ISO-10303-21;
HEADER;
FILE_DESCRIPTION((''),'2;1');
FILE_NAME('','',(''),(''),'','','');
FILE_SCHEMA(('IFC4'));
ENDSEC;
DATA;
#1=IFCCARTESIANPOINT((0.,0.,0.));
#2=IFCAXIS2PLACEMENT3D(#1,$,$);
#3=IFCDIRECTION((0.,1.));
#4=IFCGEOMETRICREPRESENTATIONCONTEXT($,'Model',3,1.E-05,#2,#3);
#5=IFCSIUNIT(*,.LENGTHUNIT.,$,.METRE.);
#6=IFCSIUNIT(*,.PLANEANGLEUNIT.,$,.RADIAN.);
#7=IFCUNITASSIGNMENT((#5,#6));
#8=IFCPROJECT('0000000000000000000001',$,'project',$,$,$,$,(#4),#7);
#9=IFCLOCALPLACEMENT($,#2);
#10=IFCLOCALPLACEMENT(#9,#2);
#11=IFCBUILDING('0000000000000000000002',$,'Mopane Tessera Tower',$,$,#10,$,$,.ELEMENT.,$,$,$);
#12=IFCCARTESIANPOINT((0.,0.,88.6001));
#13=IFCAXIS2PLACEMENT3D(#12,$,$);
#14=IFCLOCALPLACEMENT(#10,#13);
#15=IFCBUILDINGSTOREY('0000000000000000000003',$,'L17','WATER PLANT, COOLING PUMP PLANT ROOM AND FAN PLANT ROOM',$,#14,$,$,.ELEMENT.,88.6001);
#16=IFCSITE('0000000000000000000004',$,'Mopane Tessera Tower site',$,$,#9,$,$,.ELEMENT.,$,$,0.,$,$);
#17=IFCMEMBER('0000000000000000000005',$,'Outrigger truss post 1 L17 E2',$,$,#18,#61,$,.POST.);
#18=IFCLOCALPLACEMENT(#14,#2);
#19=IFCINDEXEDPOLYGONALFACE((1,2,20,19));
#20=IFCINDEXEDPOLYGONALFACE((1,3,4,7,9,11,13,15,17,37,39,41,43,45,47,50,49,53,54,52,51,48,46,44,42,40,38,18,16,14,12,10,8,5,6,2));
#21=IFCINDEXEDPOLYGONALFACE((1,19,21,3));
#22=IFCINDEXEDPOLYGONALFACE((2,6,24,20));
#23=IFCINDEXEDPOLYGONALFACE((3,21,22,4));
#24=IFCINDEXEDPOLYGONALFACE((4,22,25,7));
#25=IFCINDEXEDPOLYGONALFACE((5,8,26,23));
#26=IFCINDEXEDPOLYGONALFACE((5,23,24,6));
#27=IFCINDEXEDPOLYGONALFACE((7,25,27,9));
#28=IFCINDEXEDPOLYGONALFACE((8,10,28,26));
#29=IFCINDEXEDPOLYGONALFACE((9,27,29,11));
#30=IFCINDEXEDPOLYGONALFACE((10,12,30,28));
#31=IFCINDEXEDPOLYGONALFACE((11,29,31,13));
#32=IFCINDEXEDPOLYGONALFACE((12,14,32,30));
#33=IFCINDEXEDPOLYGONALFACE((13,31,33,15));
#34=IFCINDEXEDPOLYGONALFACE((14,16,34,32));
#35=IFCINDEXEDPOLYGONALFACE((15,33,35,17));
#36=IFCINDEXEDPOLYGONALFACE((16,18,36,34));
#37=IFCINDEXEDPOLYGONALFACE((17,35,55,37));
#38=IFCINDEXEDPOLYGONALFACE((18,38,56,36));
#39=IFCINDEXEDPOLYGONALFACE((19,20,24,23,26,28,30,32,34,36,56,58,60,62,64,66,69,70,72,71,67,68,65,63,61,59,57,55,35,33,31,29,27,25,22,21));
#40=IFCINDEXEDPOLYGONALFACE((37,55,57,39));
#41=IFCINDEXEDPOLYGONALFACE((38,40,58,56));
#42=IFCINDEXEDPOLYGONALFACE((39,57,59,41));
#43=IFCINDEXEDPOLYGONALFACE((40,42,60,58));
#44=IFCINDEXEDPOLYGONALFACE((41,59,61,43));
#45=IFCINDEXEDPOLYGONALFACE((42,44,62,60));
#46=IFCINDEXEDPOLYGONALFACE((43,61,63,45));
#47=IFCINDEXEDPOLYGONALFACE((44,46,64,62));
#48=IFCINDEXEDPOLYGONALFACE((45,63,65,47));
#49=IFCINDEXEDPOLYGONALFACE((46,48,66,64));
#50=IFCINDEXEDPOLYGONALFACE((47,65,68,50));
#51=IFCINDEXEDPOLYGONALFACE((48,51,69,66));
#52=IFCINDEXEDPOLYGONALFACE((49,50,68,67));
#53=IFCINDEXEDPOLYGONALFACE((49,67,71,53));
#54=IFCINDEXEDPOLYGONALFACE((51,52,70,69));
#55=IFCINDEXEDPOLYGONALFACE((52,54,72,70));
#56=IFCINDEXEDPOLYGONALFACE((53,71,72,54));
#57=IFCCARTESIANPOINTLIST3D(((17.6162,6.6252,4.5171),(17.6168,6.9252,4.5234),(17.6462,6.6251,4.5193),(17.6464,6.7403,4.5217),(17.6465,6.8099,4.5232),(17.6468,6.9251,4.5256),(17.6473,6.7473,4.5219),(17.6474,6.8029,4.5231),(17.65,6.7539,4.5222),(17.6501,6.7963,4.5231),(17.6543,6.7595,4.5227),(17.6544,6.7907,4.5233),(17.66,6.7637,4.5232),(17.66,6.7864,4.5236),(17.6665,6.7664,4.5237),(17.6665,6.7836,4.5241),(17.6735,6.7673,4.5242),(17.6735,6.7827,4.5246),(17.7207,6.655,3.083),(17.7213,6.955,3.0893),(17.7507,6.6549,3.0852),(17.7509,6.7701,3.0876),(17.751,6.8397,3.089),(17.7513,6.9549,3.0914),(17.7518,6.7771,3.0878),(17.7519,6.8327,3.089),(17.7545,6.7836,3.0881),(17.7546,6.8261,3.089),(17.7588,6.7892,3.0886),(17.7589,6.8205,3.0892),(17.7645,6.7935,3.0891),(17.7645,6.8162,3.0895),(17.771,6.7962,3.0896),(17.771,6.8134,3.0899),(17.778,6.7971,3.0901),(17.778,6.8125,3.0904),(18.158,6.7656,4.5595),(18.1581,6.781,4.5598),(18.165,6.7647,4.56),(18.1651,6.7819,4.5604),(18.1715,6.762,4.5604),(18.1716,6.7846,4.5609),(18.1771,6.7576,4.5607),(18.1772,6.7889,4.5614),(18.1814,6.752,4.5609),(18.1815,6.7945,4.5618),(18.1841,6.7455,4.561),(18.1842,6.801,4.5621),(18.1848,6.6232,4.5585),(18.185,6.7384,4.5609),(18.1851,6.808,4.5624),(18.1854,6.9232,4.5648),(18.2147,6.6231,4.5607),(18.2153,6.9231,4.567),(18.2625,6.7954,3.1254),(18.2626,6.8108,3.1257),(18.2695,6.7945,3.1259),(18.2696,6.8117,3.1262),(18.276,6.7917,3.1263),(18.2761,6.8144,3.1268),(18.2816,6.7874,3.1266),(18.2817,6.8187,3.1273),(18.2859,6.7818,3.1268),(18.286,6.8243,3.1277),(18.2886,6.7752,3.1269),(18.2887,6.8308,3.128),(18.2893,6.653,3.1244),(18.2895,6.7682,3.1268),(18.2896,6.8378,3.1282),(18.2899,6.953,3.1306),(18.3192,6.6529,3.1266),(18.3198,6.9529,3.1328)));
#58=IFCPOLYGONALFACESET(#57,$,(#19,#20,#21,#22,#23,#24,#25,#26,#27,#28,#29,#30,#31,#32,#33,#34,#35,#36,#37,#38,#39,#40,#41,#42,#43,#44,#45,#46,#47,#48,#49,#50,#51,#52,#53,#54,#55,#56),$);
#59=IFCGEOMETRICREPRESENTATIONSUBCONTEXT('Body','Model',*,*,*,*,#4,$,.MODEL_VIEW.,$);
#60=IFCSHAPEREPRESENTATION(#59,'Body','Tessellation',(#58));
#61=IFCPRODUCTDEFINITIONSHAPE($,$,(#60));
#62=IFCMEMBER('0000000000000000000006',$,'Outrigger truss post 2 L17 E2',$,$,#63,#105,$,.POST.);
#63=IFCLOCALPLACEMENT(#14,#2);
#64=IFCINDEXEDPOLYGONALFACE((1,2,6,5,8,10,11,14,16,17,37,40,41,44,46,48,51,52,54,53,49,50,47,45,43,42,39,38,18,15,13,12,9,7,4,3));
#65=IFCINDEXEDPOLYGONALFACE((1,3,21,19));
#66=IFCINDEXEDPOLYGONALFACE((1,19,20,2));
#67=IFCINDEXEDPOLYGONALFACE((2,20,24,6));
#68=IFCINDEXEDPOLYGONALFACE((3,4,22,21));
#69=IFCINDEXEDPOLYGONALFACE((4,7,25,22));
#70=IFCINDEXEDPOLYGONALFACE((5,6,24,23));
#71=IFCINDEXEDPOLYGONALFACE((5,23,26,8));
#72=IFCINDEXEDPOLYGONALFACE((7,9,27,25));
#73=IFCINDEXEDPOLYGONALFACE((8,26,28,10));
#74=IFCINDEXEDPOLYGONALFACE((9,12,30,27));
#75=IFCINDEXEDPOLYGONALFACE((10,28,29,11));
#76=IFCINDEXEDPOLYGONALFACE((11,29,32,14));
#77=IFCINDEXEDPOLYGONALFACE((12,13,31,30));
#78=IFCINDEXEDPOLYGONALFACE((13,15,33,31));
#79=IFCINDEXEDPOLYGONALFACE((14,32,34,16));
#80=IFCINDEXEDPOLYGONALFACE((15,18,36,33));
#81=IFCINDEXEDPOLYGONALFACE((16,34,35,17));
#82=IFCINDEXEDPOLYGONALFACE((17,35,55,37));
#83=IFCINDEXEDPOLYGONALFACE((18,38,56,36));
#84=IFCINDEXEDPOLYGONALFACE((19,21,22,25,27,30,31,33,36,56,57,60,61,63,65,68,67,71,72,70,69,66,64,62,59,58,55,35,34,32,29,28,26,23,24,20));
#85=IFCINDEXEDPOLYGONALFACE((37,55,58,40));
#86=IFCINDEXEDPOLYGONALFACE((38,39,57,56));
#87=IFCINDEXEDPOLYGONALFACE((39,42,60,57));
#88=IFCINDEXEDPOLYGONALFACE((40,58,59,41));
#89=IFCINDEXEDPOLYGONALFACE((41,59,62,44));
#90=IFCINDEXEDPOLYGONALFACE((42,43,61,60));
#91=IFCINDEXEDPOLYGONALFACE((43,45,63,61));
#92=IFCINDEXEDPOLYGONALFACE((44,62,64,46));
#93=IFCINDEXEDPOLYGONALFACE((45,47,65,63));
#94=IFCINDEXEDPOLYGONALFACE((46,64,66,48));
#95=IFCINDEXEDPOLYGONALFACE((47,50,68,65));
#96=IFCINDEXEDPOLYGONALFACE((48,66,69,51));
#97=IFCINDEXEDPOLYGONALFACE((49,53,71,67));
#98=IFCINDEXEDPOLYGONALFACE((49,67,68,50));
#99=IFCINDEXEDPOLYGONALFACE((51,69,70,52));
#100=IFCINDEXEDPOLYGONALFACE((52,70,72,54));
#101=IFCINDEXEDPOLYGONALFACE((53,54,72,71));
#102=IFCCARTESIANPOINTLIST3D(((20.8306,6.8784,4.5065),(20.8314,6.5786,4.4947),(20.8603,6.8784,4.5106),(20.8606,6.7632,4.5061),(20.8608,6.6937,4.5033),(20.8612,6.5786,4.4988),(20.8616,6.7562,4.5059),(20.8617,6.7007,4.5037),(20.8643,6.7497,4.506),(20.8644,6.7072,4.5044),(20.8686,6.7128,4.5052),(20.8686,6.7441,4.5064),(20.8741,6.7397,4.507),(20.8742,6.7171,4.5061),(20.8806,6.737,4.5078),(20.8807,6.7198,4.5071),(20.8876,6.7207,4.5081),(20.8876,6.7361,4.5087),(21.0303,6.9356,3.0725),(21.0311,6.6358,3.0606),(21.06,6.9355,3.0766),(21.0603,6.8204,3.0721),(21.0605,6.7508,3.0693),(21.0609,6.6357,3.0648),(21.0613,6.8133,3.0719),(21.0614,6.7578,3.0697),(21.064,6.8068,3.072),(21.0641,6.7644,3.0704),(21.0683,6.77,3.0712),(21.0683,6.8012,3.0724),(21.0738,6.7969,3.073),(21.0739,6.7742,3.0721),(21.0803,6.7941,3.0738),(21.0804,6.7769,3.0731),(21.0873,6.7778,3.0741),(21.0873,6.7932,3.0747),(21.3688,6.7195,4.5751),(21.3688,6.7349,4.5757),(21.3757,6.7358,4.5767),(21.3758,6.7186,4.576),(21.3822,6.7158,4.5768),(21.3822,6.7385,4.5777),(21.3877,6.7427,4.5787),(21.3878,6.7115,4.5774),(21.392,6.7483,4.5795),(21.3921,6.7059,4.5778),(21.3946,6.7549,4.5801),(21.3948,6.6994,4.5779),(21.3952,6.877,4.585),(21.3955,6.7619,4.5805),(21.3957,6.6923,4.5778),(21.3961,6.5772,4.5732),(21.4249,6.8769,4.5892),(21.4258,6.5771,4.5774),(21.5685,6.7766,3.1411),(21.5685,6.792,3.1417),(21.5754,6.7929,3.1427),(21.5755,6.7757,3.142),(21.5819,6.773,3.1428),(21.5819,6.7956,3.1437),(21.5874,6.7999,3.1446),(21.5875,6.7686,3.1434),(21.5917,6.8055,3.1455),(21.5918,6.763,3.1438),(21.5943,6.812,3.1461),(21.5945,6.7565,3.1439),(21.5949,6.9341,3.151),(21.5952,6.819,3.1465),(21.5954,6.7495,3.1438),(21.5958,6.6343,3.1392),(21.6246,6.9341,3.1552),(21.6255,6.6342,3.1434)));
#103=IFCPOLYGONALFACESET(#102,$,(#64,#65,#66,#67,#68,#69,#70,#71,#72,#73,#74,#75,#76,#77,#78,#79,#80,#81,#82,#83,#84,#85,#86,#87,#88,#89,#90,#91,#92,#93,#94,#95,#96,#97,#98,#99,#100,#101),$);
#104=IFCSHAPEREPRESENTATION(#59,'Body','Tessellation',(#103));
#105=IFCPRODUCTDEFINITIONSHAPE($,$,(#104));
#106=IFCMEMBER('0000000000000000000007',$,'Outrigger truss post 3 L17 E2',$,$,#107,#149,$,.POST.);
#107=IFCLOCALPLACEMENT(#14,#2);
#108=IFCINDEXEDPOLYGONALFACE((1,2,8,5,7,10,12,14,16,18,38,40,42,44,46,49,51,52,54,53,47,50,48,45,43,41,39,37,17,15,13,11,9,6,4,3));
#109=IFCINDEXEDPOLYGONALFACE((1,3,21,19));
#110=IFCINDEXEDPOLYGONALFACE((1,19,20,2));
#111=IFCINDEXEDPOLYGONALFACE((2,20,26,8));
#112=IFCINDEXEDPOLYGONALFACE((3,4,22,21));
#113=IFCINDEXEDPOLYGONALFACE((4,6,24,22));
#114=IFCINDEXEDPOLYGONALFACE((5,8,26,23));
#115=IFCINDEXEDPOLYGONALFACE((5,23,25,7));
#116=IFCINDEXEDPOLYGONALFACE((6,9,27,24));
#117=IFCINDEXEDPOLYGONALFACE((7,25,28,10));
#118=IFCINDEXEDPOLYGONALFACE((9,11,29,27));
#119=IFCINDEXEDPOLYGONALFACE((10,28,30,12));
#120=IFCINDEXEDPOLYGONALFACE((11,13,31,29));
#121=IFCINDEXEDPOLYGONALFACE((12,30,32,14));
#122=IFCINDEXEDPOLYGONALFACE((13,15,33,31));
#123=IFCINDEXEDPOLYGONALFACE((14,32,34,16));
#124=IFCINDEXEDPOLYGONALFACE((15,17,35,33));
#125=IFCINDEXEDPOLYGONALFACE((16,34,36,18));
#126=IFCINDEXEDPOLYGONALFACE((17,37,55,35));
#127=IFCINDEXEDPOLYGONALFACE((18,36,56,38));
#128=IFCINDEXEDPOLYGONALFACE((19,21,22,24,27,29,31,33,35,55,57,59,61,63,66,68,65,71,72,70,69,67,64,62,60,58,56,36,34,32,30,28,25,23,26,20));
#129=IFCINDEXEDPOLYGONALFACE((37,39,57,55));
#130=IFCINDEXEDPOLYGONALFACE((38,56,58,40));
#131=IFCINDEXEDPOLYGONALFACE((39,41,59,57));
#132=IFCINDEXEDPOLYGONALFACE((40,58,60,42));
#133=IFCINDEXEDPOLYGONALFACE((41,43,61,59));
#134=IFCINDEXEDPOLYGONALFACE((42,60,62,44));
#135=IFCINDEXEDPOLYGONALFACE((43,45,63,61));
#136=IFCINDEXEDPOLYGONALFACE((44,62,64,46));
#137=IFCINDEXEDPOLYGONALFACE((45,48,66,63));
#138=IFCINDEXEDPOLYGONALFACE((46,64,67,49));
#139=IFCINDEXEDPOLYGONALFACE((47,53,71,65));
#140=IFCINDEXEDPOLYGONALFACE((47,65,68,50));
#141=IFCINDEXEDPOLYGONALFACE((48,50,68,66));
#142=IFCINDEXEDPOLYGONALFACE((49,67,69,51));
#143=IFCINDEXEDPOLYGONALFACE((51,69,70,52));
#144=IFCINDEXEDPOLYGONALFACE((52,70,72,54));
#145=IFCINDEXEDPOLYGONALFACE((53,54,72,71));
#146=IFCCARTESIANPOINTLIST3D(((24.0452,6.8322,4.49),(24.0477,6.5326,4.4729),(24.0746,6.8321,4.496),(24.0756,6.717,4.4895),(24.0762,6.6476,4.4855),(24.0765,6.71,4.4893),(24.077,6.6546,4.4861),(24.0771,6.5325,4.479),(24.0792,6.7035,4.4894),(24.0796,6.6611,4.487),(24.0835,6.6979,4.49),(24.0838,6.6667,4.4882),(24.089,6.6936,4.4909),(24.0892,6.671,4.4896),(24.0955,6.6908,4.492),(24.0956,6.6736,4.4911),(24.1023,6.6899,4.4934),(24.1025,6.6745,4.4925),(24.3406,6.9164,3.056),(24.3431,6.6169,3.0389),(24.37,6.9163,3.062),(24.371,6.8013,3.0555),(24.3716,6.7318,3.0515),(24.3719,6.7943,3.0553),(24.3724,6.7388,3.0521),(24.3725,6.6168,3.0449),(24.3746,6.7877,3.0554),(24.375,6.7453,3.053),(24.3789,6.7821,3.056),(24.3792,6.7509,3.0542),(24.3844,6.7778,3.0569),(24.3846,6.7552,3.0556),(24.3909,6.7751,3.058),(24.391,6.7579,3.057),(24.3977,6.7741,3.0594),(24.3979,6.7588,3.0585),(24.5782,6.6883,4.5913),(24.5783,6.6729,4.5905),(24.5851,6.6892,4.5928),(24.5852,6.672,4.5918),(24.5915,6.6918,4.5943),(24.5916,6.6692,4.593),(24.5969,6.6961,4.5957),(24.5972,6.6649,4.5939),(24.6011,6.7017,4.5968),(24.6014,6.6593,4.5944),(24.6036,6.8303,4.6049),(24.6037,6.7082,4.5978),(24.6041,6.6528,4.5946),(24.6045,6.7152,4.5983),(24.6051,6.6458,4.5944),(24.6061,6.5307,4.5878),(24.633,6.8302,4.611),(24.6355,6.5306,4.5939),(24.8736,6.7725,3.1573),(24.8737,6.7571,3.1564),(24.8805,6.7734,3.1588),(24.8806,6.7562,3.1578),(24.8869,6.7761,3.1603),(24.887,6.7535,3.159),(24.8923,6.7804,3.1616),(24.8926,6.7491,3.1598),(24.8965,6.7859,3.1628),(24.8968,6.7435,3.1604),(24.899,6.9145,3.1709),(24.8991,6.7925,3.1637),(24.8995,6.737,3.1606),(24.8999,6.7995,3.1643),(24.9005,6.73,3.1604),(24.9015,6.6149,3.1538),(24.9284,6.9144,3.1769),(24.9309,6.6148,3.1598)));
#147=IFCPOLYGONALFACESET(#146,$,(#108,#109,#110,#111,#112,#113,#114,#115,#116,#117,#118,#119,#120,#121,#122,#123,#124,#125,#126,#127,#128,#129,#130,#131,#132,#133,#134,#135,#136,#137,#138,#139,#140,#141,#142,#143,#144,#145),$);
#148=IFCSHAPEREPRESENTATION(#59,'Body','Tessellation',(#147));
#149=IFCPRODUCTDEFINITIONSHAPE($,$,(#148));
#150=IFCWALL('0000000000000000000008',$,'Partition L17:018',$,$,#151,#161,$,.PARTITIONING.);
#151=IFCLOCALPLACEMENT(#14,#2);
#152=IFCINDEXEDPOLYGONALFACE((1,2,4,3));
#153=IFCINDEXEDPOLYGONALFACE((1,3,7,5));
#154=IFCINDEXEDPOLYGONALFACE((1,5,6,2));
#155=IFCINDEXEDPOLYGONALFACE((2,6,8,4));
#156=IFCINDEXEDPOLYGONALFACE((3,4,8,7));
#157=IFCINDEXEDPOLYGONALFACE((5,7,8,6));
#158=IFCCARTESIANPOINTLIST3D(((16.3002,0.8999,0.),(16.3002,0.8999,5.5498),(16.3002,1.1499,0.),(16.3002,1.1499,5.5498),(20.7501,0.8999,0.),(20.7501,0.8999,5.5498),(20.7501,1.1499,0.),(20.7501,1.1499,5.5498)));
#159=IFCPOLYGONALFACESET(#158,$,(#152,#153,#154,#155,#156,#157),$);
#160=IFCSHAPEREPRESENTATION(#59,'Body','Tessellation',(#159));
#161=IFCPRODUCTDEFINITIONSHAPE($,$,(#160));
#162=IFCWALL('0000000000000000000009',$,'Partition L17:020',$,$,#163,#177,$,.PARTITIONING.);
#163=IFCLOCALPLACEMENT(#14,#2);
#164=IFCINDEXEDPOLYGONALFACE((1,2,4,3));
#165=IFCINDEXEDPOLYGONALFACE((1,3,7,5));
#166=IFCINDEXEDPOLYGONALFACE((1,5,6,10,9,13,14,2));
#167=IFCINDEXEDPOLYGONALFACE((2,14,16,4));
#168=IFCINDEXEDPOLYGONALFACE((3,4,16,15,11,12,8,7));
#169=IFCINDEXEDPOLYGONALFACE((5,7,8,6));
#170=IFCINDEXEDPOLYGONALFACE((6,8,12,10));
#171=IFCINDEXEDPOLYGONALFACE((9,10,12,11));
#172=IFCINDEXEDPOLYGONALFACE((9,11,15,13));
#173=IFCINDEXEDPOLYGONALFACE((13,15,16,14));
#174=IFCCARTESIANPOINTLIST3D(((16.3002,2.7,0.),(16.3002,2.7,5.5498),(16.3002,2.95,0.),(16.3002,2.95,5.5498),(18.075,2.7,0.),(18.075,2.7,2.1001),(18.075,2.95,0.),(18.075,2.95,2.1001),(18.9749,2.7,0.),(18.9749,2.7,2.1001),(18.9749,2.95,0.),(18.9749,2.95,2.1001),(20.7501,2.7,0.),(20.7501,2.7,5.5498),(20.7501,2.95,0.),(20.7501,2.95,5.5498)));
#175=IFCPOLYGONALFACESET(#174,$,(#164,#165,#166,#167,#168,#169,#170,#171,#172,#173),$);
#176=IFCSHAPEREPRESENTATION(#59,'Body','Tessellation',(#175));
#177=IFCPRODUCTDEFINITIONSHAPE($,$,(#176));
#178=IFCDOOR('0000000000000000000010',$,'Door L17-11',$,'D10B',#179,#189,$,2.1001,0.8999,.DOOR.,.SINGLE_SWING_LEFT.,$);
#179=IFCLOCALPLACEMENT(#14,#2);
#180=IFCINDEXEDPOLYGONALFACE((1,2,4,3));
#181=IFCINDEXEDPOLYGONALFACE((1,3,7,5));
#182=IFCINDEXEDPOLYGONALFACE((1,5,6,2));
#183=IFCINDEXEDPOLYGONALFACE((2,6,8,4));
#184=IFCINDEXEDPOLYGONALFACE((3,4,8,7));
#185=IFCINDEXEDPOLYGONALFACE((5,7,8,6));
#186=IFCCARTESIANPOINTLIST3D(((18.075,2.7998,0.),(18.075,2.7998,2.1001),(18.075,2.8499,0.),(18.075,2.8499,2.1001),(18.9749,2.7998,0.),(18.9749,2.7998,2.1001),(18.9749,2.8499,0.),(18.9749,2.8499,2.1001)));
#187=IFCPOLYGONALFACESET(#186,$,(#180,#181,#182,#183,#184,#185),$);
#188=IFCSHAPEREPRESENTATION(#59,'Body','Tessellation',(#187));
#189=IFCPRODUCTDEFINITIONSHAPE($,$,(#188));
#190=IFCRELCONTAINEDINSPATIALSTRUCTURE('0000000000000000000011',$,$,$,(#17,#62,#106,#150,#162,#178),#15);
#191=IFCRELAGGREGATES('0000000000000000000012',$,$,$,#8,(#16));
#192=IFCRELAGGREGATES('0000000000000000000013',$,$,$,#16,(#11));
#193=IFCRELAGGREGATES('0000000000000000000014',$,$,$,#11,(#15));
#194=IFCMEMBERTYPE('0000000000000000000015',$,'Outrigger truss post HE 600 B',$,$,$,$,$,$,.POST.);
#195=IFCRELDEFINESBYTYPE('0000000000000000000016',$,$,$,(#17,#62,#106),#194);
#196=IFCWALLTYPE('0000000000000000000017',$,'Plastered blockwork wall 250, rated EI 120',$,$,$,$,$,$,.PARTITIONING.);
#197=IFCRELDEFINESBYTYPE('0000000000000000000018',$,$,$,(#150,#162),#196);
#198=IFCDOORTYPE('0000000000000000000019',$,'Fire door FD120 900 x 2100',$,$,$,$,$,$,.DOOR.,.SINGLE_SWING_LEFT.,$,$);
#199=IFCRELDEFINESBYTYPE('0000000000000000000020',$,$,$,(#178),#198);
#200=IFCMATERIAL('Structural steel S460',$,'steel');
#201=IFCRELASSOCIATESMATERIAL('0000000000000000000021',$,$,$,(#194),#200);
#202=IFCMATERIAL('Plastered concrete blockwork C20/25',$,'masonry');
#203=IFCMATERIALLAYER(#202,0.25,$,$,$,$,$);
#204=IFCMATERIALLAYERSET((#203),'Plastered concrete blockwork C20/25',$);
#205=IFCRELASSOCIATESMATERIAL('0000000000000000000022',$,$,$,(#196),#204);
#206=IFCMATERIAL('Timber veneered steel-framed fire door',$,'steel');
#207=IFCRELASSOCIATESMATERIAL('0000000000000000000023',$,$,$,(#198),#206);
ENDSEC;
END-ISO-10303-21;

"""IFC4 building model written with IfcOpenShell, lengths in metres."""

from ifc_helpers import new_model, si_unit, direction, frame, frame_2d, origin, origin_2d, place, context, subcontext, project, spatial, rectangle, i_section, extrude, material, layer, layer_set, material_profile, profile_set, type_object, element, fill, save


model = new_model("IFC4")

# Units and contexts
model_context = context("Model", 3, precision=1e-05, world=origin(), true_north=direction((0.0, 1.0)))
body_context = subcontext(model_context, "Body", "Model", "MODEL_VIEW")
ifc_project = project(units=[si_unit("LENGTHUNIT", "METRE"), si_unit("PLANEANGLEUNIT", "RADIAN")], contexts=[model_context])

# Site, building, storey
site_placement = place(None, origin())
site = spatial("IfcSite", under=ifc_project, at=site_placement, Name="Mopane Tessera Tower site", CompositionType="ELEMENT", RefElevation=0.0)
building_placement = place(site_placement, origin())
building = spatial("IfcBuilding", under=site, at=building_placement, Name="Mopane Tessera Tower", CompositionType="ELEMENT")
storey_placement = place(building_placement, frame((0.0, 0.0, 88.6001)))
storey = spatial("IfcBuildingStorey", under=building, at=storey_placement, Name="L17", Description="WATER PLANT, COOLING PUMP PLANT ROOM AND FAN PLANT ROOM", CompositionType="ELEMENT", Elevation=88.6001)

# Members
ifc_material_1 = material(Name="Structural steel S460", Category="steel")
ifc_material_profile_1 = material_profile(ifc_material_1, i_section(OverallWidth=0.3, OverallDepth=0.6001, WebThickness=0.0154, FlangeThickness=0.03, FilletRadius=0.0271, at=origin_2d()))
ifc_profile_set_1 = profile_set([ifc_material_profile_1], Name="Structural steel S460")
member_type_1 = type_object("IfcMemberType", Name="Outrigger truss post HE 600 B", PredefinedType="POST", material=ifc_profile_set_1)
member_1_placement = place(storey_placement, frame((18.0203, 6.804, 3.1079), z_axis=(-0.072655, -0.02071, 0.997142), x_axis=(0.001963, 0.999779, 0.020908)))
element("IfcMember", 1, at=member_1_placement, inside=storey, type_object=member_type_1, Name="Outrigger truss post 1 L17 E2", PredefinedType="POST", context=body_context, shape_type="SweptSolid", body=[
    extrude(i_section(OverallWidth=0.3, OverallDepth=0.6001, WebThickness=0.0154, FlangeThickness=0.03, FilletRadius=0.0271, at=origin_2d()), origin(), (0.0, 0.0, 1.0), 1.4382),
])
member_2_placement = place(storey_placement, frame((21.3279, 6.7849, 3.1079), z_axis=(-0.13782, -0.039425, 0.989672), x_axis=(-0.002944, 0.999219, 0.039395)))
element("IfcMember", 2, at=member_2_placement, inside=storey, type_object=member_type_1, Name="Outrigger truss post 2 L17 E2", PredefinedType="POST", context=body_context, shape_type="SweptSolid", body=[
    extrude(i_section(OverallWidth=0.3, OverallDepth=0.6001, WebThickness=0.0154, FlangeThickness=0.03, FilletRadius=0.0271, at=origin_2d()), origin(), (0.0, 0.0, 1.0), 1.449),
])
member_3_placement = place(storey_placement, frame((24.6357, 6.7656, 3.1079), z_axis=(-0.201423, -0.057431, 0.977819), x_axis=(-0.008307, 0.998344, 0.056925)))
element("IfcMember", 3, at=member_3_placement, inside=storey, type_object=member_type_1, Name="Outrigger truss post 3 L17 E2", PredefinedType="POST", context=body_context, shape_type="SweptSolid", body=[
    extrude(i_section(OverallWidth=0.3, OverallDepth=0.6001, WebThickness=0.0154, FlangeThickness=0.03, FilletRadius=0.0271, at=origin_2d()), origin(), (0.0, 0.0, 1.0), 1.4666),
])

# Wall
ifc_material_2 = material(Name="Plastered concrete blockwork C20/25", Category="masonry")
ifc_layer_1 = layer(ifc_material_2, 0.25)
ifc_layer_set_1 = layer_set([ifc_layer_1], Name="Plastered concrete blockwork C20/25")
wall_type = type_object("IfcWallType", Name="Plastered blockwork wall 250, rated EI 120", PredefinedType="PARTITIONING", material=ifc_layer_set_1)
wall_1_placement = place(storey_placement, frame((16.3, 1.0249, 0.0), z_axis=(0.0, 0.0, 1.0), x_axis=(1.0, 0.0, 0.0)))
element("IfcWall", 4, at=wall_1_placement, inside=storey, type_object=wall_type, Name="Partition L17:018", PredefinedType="PARTITIONING", context=body_context, shape_type="SweptSolid", body=[
    extrude(rectangle(XDim=4.45, YDim=0.25, at=frame_2d((2.2251, 0.0))), origin(), (0.0, 0.0, 1.0), 5.5498),
])

# Wall, opening, door
wall_2_placement = place(storey_placement, frame((16.3, 2.825, 0.0), z_axis=(0.0, 0.0, 1.0), x_axis=(1.0, 0.0, 0.0)))
wall_2 = element("IfcWall", 5, at=wall_2_placement, inside=storey, type_object=wall_type, Name="Partition L17:020", PredefinedType="PARTITIONING", context=body_context, shape_type="SweptSolid", body=[
    extrude(rectangle(XDim=4.45, YDim=0.25, at=frame_2d((2.2251, 0.0))), origin(), (0.0, 0.0, 1.0), 5.5498),
])
opening_1_placement = place(wall_2_placement, frame((1.7749, 0.0, 0.0)))
opening_1 = element("IfcOpeningElement", 6, at=opening_1_placement, cuts=wall_2, PredefinedType="OPENING", context=body_context, shape_type="SweptSolid", body=[
    extrude(rectangle(XDim=0.8999, YDim=2.1001, at=frame_2d((0.45, 1.05))), frame((0.0, 0.137, 0.0), z_axis=(0.0, -1.0, 0.0), x_axis=(1.0, 0.0, 0.0)), (0.0, 0.0, 1.0), 0.2739),
])
ifc_material_3 = material(Name="Timber veneered steel-framed fire door", Category="steel")
door_type_1 = type_object("IfcDoorType", Name="Fire door FD120 900 x 2100", OperationType="SINGLE_SWING_LEFT", PredefinedType="DOOR", material=ifc_material_3)
door_1_placement = place(opening_1_placement, origin())
door_1 = element("IfcDoor", 7, at=door_1_placement, inside=storey, type_object=door_type_1, Name="Door L17-11", ObjectType="D10B", OperationType="SINGLE_SWING_LEFT", OverallHeight=2.1001, OverallWidth=0.8999, PredefinedType="DOOR", context=body_context, shape_type="SweptSolid", body=[
    extrude(rectangle(XDim=0.8999, YDim=2.1001, at=frame_2d((0.45, 1.05))), frame((0.0, 0.0249, 0.0), z_axis=(0.0, -1.0, 0.0), x_axis=(1.0, 0.0, 0.0)), (0.0, 0.0, 1.0), 0.05),
])
fill(opening_1, door_1)

save(model, "model.ifc")
